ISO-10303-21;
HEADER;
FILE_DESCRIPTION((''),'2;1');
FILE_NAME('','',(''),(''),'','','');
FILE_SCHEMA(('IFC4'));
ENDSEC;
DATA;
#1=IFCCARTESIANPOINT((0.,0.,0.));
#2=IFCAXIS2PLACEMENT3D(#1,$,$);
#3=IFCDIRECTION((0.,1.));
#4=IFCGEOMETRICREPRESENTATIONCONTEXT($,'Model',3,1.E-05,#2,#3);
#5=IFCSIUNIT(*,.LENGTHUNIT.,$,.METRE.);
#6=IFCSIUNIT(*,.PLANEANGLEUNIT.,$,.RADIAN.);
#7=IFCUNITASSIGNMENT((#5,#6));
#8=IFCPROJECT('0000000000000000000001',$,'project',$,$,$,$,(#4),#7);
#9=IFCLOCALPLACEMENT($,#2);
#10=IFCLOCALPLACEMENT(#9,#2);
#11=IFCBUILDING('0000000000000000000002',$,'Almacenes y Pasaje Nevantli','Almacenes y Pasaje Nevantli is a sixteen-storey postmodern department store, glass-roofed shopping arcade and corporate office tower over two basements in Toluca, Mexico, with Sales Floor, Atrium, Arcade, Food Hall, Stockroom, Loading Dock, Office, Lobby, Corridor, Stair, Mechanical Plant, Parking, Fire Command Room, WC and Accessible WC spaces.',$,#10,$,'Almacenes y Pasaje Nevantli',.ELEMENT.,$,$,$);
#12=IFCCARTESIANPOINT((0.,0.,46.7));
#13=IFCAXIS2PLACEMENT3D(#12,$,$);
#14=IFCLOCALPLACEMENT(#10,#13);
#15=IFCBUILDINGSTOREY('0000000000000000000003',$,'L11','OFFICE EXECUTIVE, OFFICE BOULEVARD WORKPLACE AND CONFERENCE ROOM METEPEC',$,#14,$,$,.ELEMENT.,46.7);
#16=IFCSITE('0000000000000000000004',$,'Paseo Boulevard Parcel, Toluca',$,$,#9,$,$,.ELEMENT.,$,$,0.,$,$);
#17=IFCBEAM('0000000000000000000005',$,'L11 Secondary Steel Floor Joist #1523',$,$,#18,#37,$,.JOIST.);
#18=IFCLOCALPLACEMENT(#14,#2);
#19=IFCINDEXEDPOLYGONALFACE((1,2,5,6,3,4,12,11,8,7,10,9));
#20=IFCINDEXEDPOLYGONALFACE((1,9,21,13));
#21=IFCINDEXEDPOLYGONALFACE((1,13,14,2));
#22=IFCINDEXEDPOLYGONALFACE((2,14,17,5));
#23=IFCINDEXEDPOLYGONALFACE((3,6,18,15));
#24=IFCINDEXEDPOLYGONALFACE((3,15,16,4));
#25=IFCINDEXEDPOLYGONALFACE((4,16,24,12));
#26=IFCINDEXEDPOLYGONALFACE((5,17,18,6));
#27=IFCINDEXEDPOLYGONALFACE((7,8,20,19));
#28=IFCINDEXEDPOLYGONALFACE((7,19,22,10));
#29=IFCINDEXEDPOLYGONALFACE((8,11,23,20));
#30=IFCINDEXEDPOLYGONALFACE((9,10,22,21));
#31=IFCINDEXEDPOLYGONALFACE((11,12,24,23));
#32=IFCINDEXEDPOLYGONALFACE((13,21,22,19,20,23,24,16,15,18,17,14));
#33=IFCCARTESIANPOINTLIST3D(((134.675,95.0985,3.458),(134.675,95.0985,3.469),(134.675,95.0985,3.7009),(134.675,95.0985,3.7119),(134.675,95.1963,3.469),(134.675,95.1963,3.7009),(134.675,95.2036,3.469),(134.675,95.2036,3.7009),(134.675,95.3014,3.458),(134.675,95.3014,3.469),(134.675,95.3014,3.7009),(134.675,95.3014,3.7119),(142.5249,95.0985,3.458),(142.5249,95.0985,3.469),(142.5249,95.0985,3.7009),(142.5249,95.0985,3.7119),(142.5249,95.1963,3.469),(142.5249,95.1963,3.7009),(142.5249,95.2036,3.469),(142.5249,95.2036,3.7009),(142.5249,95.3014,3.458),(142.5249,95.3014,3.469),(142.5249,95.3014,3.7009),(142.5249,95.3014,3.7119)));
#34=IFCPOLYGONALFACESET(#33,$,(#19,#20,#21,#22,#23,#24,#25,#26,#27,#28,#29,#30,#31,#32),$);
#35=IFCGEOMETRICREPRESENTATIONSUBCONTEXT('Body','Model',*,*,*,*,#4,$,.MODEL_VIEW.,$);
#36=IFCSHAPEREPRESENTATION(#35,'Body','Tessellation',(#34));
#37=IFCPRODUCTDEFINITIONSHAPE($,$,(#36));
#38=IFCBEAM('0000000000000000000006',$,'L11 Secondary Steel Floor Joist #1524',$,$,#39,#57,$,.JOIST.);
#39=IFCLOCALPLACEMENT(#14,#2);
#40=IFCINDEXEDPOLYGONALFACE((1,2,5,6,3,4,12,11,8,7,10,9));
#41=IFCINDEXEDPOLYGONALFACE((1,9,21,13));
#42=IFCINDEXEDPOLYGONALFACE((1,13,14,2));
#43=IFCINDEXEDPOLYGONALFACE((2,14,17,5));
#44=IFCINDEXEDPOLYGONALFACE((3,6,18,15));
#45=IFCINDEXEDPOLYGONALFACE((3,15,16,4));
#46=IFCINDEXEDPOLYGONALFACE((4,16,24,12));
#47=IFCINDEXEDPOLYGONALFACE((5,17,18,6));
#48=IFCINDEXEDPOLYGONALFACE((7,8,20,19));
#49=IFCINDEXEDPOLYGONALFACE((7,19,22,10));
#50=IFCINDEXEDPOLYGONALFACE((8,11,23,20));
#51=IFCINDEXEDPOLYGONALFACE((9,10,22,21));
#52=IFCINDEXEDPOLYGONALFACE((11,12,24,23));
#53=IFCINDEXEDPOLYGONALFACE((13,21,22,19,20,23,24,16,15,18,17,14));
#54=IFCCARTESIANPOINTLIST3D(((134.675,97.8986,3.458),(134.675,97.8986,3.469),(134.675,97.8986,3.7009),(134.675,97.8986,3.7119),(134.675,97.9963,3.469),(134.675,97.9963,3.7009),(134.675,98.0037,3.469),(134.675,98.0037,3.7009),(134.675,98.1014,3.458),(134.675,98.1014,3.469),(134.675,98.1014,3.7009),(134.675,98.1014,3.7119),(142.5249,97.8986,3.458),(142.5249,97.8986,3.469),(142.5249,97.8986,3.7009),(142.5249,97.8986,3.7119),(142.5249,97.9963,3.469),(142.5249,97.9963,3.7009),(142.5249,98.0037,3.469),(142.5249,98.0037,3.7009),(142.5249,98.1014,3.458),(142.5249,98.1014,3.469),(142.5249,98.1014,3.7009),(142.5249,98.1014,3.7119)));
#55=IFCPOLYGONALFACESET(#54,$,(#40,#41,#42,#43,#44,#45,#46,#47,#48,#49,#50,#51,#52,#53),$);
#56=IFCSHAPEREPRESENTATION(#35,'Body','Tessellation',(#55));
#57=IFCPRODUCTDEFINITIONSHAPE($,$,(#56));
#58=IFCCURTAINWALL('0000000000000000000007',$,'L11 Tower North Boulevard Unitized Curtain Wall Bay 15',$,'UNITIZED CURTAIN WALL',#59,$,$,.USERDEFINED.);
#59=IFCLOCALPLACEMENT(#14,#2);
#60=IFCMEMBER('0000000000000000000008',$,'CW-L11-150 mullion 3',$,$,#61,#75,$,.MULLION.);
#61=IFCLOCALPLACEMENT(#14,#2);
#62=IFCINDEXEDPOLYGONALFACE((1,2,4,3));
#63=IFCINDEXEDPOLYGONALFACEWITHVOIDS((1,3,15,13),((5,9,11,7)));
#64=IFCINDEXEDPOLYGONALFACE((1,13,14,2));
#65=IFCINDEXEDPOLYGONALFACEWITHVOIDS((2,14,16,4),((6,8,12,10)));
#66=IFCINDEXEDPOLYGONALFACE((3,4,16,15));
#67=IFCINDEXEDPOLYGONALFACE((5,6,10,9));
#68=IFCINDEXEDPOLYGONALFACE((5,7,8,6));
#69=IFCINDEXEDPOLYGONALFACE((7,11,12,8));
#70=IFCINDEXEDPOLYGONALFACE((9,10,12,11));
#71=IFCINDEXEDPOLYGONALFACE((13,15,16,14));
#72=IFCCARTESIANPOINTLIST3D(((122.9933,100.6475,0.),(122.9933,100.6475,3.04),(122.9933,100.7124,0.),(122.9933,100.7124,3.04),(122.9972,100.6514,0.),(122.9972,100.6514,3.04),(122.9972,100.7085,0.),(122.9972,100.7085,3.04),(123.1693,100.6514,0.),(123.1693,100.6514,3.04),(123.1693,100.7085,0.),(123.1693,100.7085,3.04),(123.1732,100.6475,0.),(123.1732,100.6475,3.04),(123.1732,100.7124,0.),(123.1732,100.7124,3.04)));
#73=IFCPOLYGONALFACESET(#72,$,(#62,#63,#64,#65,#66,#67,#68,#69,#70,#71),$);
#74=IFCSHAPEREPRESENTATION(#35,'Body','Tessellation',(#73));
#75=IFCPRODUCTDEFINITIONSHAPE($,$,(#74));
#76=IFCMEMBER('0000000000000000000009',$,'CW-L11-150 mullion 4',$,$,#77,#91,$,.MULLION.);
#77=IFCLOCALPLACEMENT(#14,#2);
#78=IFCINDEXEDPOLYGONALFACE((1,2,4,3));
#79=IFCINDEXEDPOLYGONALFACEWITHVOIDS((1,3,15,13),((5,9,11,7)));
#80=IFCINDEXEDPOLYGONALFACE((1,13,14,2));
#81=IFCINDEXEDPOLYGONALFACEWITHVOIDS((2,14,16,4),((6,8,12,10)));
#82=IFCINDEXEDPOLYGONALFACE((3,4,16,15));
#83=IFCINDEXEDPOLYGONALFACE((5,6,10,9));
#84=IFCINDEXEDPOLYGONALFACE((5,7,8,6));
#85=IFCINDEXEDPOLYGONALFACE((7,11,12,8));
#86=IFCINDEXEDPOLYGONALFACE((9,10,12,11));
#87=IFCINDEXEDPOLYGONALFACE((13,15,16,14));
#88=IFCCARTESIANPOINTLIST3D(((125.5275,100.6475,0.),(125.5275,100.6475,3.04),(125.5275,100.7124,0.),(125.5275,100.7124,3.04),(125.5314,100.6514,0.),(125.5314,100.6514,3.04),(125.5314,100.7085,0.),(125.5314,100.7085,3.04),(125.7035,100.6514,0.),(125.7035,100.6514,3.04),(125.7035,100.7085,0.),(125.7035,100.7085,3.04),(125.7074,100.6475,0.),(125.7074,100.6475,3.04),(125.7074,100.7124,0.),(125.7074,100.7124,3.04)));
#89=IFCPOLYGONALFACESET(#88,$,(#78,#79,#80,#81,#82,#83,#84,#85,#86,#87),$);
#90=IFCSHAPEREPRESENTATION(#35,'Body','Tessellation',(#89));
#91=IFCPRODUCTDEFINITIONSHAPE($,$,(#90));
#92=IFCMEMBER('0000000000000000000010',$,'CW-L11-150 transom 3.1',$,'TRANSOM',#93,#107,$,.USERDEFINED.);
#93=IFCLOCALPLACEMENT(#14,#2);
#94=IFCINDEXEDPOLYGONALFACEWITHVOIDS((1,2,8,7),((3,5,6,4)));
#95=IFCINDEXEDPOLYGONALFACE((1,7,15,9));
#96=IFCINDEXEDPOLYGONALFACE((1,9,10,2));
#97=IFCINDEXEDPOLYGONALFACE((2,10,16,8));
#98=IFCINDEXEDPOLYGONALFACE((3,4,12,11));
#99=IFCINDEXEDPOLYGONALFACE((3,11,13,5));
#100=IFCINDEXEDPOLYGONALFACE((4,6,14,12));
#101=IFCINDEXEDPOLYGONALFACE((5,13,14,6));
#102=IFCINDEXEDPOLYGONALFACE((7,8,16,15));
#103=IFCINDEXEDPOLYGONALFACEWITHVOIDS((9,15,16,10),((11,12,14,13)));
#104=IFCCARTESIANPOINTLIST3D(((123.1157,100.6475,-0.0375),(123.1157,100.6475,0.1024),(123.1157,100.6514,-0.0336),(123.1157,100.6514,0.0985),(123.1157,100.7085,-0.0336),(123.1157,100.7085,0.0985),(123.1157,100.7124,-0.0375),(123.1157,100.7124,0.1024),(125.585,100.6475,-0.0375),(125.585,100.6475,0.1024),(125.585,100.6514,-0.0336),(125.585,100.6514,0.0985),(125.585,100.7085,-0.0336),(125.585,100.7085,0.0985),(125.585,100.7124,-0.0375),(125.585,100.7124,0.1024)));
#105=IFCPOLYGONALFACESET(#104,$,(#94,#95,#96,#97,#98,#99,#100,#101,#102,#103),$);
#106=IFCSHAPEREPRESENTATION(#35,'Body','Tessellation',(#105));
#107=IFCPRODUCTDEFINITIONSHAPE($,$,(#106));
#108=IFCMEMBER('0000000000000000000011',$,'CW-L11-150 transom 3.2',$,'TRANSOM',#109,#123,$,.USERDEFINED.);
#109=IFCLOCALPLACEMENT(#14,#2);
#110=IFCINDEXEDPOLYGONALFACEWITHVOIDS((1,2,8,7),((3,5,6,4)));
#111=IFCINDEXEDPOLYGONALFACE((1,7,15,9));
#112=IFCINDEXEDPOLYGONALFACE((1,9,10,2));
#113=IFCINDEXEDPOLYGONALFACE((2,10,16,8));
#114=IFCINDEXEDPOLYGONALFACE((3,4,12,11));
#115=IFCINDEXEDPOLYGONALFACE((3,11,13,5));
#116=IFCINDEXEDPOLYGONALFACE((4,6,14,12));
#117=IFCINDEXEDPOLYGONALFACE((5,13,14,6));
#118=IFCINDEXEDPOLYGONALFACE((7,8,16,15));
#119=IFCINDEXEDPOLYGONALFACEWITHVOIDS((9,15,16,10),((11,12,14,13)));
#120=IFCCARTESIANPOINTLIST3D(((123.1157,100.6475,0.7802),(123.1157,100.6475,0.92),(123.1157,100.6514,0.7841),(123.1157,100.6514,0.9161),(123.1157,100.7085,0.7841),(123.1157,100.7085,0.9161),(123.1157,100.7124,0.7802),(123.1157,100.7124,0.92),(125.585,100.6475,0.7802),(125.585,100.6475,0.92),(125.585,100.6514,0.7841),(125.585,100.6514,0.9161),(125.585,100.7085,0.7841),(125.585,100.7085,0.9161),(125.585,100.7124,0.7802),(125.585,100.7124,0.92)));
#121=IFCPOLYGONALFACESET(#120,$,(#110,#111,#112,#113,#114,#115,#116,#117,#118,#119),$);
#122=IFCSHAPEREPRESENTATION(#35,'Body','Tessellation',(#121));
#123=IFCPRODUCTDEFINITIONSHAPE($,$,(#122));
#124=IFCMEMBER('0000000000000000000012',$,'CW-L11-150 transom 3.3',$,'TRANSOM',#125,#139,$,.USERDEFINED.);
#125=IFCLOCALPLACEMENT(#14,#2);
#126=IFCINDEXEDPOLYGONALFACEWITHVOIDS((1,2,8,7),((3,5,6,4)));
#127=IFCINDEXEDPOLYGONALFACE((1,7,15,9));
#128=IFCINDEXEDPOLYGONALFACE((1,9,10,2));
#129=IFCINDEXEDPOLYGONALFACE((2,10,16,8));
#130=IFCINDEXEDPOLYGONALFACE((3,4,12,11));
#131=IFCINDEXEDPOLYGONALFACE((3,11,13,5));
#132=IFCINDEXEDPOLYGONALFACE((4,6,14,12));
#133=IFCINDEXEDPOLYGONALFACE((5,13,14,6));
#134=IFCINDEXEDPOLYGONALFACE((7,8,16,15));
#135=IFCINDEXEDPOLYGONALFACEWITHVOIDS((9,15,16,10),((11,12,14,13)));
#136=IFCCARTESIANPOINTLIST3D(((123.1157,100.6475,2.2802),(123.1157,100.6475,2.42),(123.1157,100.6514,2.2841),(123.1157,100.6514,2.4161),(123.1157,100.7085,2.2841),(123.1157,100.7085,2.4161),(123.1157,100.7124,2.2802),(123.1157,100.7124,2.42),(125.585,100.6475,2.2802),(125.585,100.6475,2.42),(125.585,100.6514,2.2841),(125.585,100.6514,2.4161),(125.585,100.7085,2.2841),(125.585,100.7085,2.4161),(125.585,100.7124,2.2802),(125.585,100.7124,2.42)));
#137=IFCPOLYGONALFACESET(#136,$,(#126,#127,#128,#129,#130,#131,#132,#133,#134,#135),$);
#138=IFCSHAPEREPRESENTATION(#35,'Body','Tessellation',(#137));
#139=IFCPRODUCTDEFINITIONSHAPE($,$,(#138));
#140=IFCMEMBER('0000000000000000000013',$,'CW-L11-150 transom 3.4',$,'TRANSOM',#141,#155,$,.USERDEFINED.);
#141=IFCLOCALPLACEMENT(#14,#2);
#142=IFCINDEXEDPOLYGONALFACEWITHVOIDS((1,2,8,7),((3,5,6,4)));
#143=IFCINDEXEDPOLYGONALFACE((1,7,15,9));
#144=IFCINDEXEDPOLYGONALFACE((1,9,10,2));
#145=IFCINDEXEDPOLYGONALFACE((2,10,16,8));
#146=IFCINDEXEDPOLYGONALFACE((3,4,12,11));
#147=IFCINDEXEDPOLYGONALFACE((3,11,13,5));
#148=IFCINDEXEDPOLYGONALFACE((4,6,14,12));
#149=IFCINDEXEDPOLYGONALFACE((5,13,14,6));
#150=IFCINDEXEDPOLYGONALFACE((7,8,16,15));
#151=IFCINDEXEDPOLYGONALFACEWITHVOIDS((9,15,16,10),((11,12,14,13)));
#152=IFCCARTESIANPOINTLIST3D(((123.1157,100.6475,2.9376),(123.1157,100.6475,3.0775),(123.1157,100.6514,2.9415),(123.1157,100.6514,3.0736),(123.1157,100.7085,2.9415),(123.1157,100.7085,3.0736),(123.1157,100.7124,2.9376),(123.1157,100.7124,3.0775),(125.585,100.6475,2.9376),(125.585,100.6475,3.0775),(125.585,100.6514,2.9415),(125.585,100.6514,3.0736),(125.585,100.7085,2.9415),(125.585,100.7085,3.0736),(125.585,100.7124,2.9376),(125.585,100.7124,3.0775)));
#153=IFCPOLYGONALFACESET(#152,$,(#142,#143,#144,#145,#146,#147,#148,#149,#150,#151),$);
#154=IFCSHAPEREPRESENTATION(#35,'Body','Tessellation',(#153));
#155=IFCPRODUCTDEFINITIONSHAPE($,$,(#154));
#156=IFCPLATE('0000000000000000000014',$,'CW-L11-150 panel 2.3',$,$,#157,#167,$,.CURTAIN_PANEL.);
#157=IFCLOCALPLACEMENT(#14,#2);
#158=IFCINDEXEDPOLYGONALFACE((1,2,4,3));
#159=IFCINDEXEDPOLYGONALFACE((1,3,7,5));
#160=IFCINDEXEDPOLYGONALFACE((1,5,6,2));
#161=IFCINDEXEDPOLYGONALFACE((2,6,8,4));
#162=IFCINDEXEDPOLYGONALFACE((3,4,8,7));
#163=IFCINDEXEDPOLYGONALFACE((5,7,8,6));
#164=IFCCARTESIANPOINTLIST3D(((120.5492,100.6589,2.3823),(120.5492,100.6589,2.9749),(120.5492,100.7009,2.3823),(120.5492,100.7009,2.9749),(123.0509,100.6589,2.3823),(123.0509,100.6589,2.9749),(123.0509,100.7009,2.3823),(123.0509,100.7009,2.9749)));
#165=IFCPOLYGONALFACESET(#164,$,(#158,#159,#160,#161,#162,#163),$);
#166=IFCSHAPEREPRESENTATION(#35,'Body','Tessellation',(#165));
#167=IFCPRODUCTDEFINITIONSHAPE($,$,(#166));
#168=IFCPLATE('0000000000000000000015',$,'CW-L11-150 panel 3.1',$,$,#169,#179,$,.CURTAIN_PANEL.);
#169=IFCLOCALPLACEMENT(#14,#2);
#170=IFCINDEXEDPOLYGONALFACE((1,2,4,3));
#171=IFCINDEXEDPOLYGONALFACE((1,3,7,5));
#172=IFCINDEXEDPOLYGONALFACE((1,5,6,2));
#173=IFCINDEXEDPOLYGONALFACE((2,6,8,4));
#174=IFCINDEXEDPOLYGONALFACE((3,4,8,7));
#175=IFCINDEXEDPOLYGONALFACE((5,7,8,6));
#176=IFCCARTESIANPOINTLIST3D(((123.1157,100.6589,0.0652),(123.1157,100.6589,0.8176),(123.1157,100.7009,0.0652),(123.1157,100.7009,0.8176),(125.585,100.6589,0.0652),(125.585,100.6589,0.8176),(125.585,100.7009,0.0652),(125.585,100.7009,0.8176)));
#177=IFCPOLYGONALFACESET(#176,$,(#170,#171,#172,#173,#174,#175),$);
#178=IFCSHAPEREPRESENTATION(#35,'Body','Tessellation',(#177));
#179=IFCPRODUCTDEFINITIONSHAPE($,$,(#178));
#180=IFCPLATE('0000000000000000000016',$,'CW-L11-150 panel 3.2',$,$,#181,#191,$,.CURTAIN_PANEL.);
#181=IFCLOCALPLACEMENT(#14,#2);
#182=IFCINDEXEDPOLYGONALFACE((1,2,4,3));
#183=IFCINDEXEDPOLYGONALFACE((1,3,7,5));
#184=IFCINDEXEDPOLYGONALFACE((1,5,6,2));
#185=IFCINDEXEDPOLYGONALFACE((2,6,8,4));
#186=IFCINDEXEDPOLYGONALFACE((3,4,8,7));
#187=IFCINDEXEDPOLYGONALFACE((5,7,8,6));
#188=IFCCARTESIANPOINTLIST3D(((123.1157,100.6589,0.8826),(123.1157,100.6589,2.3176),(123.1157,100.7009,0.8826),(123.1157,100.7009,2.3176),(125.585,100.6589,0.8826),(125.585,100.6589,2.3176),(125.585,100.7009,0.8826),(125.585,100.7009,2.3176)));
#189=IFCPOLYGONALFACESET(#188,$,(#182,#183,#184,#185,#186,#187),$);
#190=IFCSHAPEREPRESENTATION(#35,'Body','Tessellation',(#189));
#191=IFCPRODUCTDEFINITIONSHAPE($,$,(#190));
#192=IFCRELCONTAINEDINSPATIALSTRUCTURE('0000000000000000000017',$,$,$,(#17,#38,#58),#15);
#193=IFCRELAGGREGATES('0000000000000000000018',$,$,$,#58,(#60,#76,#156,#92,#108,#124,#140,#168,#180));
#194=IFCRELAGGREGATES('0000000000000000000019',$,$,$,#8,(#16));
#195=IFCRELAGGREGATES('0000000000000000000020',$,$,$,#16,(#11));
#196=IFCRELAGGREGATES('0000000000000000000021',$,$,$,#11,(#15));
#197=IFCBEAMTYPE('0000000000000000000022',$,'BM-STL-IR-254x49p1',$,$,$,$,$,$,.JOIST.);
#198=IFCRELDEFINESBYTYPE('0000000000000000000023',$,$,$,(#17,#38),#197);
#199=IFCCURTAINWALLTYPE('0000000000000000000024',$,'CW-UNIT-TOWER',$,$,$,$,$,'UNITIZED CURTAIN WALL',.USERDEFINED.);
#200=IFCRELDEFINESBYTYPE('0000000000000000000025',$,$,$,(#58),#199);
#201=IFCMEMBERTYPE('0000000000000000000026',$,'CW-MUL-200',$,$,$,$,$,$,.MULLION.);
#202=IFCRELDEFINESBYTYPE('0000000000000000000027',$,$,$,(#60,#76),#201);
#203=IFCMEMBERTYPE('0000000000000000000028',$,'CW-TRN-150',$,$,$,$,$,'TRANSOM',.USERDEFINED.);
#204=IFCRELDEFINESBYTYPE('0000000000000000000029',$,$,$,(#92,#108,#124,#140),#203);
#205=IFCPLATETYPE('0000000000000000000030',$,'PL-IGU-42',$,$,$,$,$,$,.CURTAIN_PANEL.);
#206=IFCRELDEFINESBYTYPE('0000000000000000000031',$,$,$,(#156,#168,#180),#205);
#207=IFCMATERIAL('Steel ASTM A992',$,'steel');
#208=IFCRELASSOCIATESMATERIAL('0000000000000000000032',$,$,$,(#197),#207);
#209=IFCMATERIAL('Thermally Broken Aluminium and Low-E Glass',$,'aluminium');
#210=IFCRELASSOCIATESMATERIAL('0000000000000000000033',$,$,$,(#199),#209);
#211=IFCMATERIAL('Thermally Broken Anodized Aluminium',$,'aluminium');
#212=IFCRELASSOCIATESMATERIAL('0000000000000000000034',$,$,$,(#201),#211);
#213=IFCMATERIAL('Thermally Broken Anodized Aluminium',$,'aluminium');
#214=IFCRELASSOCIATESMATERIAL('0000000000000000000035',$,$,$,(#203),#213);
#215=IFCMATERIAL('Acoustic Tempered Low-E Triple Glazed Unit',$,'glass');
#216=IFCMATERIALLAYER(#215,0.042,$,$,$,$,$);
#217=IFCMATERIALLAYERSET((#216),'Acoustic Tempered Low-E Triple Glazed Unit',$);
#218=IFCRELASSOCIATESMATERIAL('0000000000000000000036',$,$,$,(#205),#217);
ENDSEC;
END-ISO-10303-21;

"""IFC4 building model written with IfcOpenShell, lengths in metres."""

from ifc_helpers import new_model, si_unit, direction, frame, origin, origin_2d, place, context, subcontext, project, spatial, rectangle, hollow_rectangle, i_section, extrude, material, layer, layer_set, material_profile, profile_set, type_object, element, aggregate, save


model = new_model("IFC4")

# Units and contexts
model_context = context("Model", 3, precision=1e-05, world=origin(), true_north=direction((0.0, 1.0)))
body_context = subcontext(model_context, "Body", "Model", "MODEL_VIEW")
ifc_project = project(units=[si_unit("LENGTHUNIT", "METRE"), si_unit("PLANEANGLEUNIT", "RADIAN")], contexts=[model_context])

# Site, building, storey
site_placement = place(None, origin())
site = spatial("IfcSite", under=ifc_project, at=site_placement, Name="Paseo Boulevard Parcel, Toluca", CompositionType="ELEMENT", RefElevation=0.0)
building_placement = place(site_placement, origin())
building = spatial("IfcBuilding", under=site, at=building_placement, Name="Almacenes y Pasaje Nevantli", Description="Almacenes y Pasaje Nevantli is a sixteen-storey postmodern department store, glass-roofed shopping arcade and corporate office tower over two basements in Toluca, Mexico, with Sales Floor, Atrium, Arcade, Food Hall, Stockroom, Loading Dock, Office, Lobby, Corridor, Stair, Mechanical Plant, Parking, Fire Command Room, WC and Accessible WC spaces.", LongName="Almacenes y Pasaje Nevantli", CompositionType="ELEMENT")
storey_placement = place(building_placement, frame((0.0, 0.0, 46.7)))
storey = spatial("IfcBuildingStorey", under=building, at=storey_placement, Name="L11", Description="OFFICE EXECUTIVE, OFFICE BOULEVARD WORKPLACE AND CONFERENCE ROOM METEPEC", CompositionType="ELEMENT", Elevation=46.7)

# Beams
ifc_material_1 = material(Name="Steel ASTM A992", Category="steel")
ifc_material_profile_1 = material_profile(ifc_material_1, i_section(OverallWidth=0.2029, OverallDepth=0.2539, WebThickness=0.0073, FlangeThickness=0.011, at=origin_2d()), Name="IR 254x49.1")
ifc_profile_set_1 = profile_set([ifc_material_profile_1], Name="Steel ASTM A992")
beam_type_1 = type_object("IfcBeamType", Name="BM-STL-IR-254x49p1", PredefinedType="JOIST", material=ifc_profile_set_1)
for number, where, z_axis, x_axis, name in (
    (1, (134.675, 95.2, 3.585), (1.0, 0.0, 0.0), (0.0, 1.0, 0.0), "L11 Secondary Steel Floor Joist #1523"),
    (2, (134.675, 98.0, 3.585), (1.0, 0.0, 0.0), (0.0, 1.0, 0.0), "L11 Secondary Steel Floor Joist #1524"),
):
    element("IfcBeam", number, at=place(storey_placement, frame(where, z_axis=z_axis, x_axis=x_axis)), inside=storey, type_object=beam_type_1, Name=name, PredefinedType="JOIST", context=body_context, shape_type="SweptSolid", body=[
        extrude(i_section(OverallWidth=0.2029, OverallDepth=0.2539, WebThickness=0.0073, FlangeThickness=0.011, at=origin_2d()), origin(), (0.0, 0.0, 1.0), 7.8499),
    ])

# Curtain wall, members, plates
ifc_material_2 = material(Name="Thermally Broken Aluminium and Low-E Glass", Category="aluminium")
curtain_wall_type = type_object("IfcCurtainWallType", Name="CW-UNIT-TOWER", ElementType="UNITIZED CURTAIN WALL", PredefinedType="USERDEFINED", material=ifc_material_2)
curtain_wall_placement = place(storey_placement, origin())
curtain_wall = element("IfcCurtainWall", 3, at=curtain_wall_placement, inside=storey, type_object=curtain_wall_type, Name="L11 Tower North Boulevard Unitized Curtain Wall Bay 15", ObjectType="UNITIZED CURTAIN WALL", PredefinedType="USERDEFINED")
ifc_material_3 = material(Name="Thermally Broken Anodized Aluminium", Category="aluminium")
ifc_material_profile_2 = material_profile(ifc_material_3, hollow_rectangle(XDim=0.0649, YDim=0.1799, WallThickness=0.0039, at=origin_2d()), Name="ALU-MUL-65x180")
ifc_profile_set_2 = profile_set([ifc_material_profile_2], Name="Thermally Broken Anodized Aluminium")
member_type_1 = type_object("IfcMemberType", Name="CW-MUL-200", PredefinedType="MULLION", material=ifc_profile_set_2)
member_1_placement = place(storey_placement, frame((123.0833, 100.6799, 0.0), z_axis=(0.0, 0.0, 1.0), x_axis=(0.0, 1.0, 0.0)))
member_1 = element("IfcMember", 4, at=member_1_placement, type_object=member_type_1, Name="CW-L11-150 mullion 3", PredefinedType="MULLION", context=body_context, shape_type="SweptSolid", body=[
    extrude(hollow_rectangle(XDim=0.0649, YDim=0.1799, WallThickness=0.0039, at=origin_2d()), origin(), (0.0, 0.0, 1.0), 3.04),
])
member_2_placement = place(storey_placement, frame((125.6174, 100.6799, 0.0), z_axis=(0.0, 0.0, 1.0), x_axis=(0.0, 1.0, 0.0)))
member_2 = element("IfcMember", 5, at=member_2_placement, type_object=member_type_1, Name="CW-L11-150 mullion 4", PredefinedType="MULLION", context=body_context, shape_type="SweptSolid", body=[
    extrude(hollow_rectangle(XDim=0.0649, YDim=0.1799, WallThickness=0.0039, at=origin_2d()), origin(), (0.0, 0.0, 1.0), 3.04),
])
ifc_material_4 = material(Name="Thermally Broken Anodized Aluminium", Category="aluminium")
ifc_material_profile_3 = material_profile(ifc_material_4, hollow_rectangle(XDim=0.0649, YDim=0.1399, WallThickness=0.0039, at=origin_2d()), Name="ALU-TRN-65x140")
ifc_profile_set_3 = profile_set([ifc_material_profile_3], Name="Thermally Broken Anodized Aluminium")
member_type_2 = type_object("IfcMemberType", Name="CW-TRN-150", ElementType="TRANSOM", PredefinedType="USERDEFINED", material=ifc_profile_set_3)
member_3_placement = place(storey_placement, frame((123.1157, 100.6799, 0.0325), z_axis=(1.0, 0.0, 0.0), x_axis=(0.0, 1.0, 0.0)))
member_3 = element("IfcMember", 6, at=member_3_placement, type_object=member_type_2, Name="CW-L11-150 transom 3.1", ObjectType="TRANSOM", PredefinedType="USERDEFINED", context=body_context, shape_type="SweptSolid", body=[
    extrude(hollow_rectangle(XDim=0.0649, YDim=0.1399, WallThickness=0.0039, at=origin_2d()), origin(), (0.0, 0.0, 1.0), 2.4692),
])
member_4_placement = place(storey_placement, frame((123.1157, 100.6799, 0.8501), z_axis=(1.0, 0.0, 0.0), x_axis=(0.0, 1.0, 0.0)))
member_4 = element("IfcMember", 7, at=member_4_placement, type_object=member_type_2, Name="CW-L11-150 transom 3.2", ObjectType="TRANSOM", PredefinedType="USERDEFINED", context=body_context, shape_type="SweptSolid", body=[
    extrude(hollow_rectangle(XDim=0.0649, YDim=0.1399, WallThickness=0.0039, at=origin_2d()), origin(), (0.0, 0.0, 1.0), 2.4692),
])
member_5_placement = place(storey_placement, frame((123.1157, 100.6799, 2.3501), z_axis=(1.0, 0.0, 0.0), x_axis=(0.0, 1.0, 0.0)))
member_5 = element("IfcMember", 8, at=member_5_placement, type_object=member_type_2, Name="CW-L11-150 transom 3.3", ObjectType="TRANSOM", PredefinedType="USERDEFINED", context=body_context, shape_type="SweptSolid", body=[
    extrude(hollow_rectangle(XDim=0.0649, YDim=0.1399, WallThickness=0.0039, at=origin_2d()), origin(), (0.0, 0.0, 1.0), 2.4692),
])
member_6_placement = place(storey_placement, frame((123.1157, 100.6799, 3.0076), z_axis=(1.0, 0.0, 0.0), x_axis=(0.0, 1.0, 0.0)))
member_6 = element("IfcMember", 9, at=member_6_placement, type_object=member_type_2, Name="CW-L11-150 transom 3.4", ObjectType="TRANSOM", PredefinedType="USERDEFINED", context=body_context, shape_type="SweptSolid", body=[
    extrude(hollow_rectangle(XDim=0.0649, YDim=0.1399, WallThickness=0.0039, at=origin_2d()), origin(), (0.0, 0.0, 1.0), 2.4692),
])
ifc_material_5 = material(Name="Acoustic Tempered Low-E Triple Glazed Unit", Category="glass")
ifc_layer_1 = layer(ifc_material_5, 0.042)
ifc_layer_set_1 = layer_set([ifc_layer_1], Name="Acoustic Tempered Low-E Triple Glazed Unit")
plate_type = type_object("IfcPlateType", Name="PL-IGU-42", PredefinedType="CURTAIN_PANEL", material=ifc_layer_set_1)
plate_1_placement = place(storey_placement, frame((121.8, 100.6799, 2.3823), z_axis=(0.0, 0.0, 1.0), x_axis=(1.0, 0.0, 0.0)))
plate_1 = element("IfcPlate", 10, at=plate_1_placement, type_object=plate_type, Name="CW-L11-150 panel 2.3", PredefinedType="CURTAIN_PANEL", context=body_context, shape_type="SweptSolid", body=[
    extrude(rectangle(XDim=2.5017, YDim=0.042, at=origin_2d()), origin(), (0.0, 0.0, 1.0), 0.5925),
])
plate_2_placement = place(storey_placement, frame((124.3503, 100.6799, 0.0652), z_axis=(0.0, 0.0, 1.0), x_axis=(1.0, 0.0, 0.0)))
plate_2 = element("IfcPlate", 11, at=plate_2_placement, type_object=plate_type, Name="CW-L11-150 panel 3.1", PredefinedType="CURTAIN_PANEL", context=body_context, shape_type="SweptSolid", body=[
    extrude(rectangle(XDim=2.4692, YDim=0.042, at=origin_2d()), origin(), (0.0, 0.0, 1.0), 0.7524),
])
plate_3_placement = place(storey_placement, frame((124.3503, 100.6799, 0.8826), z_axis=(0.0, 0.0, 1.0), x_axis=(1.0, 0.0, 0.0)))
plate_3 = element("IfcPlate", 12, at=plate_3_placement, type_object=plate_type, Name="CW-L11-150 panel 3.2", PredefinedType="CURTAIN_PANEL", context=body_context, shape_type="SweptSolid", body=[
    extrude(rectangle(XDim=2.4692, YDim=0.042, at=origin_2d()), origin(), (0.0, 0.0, 1.0), 1.4351),
])
aggregate(curtain_wall, [member_1, member_2, plate_1, member_3, member_4, member_5, member_6, plate_2, plate_3])

save(model, "model.ifc")
